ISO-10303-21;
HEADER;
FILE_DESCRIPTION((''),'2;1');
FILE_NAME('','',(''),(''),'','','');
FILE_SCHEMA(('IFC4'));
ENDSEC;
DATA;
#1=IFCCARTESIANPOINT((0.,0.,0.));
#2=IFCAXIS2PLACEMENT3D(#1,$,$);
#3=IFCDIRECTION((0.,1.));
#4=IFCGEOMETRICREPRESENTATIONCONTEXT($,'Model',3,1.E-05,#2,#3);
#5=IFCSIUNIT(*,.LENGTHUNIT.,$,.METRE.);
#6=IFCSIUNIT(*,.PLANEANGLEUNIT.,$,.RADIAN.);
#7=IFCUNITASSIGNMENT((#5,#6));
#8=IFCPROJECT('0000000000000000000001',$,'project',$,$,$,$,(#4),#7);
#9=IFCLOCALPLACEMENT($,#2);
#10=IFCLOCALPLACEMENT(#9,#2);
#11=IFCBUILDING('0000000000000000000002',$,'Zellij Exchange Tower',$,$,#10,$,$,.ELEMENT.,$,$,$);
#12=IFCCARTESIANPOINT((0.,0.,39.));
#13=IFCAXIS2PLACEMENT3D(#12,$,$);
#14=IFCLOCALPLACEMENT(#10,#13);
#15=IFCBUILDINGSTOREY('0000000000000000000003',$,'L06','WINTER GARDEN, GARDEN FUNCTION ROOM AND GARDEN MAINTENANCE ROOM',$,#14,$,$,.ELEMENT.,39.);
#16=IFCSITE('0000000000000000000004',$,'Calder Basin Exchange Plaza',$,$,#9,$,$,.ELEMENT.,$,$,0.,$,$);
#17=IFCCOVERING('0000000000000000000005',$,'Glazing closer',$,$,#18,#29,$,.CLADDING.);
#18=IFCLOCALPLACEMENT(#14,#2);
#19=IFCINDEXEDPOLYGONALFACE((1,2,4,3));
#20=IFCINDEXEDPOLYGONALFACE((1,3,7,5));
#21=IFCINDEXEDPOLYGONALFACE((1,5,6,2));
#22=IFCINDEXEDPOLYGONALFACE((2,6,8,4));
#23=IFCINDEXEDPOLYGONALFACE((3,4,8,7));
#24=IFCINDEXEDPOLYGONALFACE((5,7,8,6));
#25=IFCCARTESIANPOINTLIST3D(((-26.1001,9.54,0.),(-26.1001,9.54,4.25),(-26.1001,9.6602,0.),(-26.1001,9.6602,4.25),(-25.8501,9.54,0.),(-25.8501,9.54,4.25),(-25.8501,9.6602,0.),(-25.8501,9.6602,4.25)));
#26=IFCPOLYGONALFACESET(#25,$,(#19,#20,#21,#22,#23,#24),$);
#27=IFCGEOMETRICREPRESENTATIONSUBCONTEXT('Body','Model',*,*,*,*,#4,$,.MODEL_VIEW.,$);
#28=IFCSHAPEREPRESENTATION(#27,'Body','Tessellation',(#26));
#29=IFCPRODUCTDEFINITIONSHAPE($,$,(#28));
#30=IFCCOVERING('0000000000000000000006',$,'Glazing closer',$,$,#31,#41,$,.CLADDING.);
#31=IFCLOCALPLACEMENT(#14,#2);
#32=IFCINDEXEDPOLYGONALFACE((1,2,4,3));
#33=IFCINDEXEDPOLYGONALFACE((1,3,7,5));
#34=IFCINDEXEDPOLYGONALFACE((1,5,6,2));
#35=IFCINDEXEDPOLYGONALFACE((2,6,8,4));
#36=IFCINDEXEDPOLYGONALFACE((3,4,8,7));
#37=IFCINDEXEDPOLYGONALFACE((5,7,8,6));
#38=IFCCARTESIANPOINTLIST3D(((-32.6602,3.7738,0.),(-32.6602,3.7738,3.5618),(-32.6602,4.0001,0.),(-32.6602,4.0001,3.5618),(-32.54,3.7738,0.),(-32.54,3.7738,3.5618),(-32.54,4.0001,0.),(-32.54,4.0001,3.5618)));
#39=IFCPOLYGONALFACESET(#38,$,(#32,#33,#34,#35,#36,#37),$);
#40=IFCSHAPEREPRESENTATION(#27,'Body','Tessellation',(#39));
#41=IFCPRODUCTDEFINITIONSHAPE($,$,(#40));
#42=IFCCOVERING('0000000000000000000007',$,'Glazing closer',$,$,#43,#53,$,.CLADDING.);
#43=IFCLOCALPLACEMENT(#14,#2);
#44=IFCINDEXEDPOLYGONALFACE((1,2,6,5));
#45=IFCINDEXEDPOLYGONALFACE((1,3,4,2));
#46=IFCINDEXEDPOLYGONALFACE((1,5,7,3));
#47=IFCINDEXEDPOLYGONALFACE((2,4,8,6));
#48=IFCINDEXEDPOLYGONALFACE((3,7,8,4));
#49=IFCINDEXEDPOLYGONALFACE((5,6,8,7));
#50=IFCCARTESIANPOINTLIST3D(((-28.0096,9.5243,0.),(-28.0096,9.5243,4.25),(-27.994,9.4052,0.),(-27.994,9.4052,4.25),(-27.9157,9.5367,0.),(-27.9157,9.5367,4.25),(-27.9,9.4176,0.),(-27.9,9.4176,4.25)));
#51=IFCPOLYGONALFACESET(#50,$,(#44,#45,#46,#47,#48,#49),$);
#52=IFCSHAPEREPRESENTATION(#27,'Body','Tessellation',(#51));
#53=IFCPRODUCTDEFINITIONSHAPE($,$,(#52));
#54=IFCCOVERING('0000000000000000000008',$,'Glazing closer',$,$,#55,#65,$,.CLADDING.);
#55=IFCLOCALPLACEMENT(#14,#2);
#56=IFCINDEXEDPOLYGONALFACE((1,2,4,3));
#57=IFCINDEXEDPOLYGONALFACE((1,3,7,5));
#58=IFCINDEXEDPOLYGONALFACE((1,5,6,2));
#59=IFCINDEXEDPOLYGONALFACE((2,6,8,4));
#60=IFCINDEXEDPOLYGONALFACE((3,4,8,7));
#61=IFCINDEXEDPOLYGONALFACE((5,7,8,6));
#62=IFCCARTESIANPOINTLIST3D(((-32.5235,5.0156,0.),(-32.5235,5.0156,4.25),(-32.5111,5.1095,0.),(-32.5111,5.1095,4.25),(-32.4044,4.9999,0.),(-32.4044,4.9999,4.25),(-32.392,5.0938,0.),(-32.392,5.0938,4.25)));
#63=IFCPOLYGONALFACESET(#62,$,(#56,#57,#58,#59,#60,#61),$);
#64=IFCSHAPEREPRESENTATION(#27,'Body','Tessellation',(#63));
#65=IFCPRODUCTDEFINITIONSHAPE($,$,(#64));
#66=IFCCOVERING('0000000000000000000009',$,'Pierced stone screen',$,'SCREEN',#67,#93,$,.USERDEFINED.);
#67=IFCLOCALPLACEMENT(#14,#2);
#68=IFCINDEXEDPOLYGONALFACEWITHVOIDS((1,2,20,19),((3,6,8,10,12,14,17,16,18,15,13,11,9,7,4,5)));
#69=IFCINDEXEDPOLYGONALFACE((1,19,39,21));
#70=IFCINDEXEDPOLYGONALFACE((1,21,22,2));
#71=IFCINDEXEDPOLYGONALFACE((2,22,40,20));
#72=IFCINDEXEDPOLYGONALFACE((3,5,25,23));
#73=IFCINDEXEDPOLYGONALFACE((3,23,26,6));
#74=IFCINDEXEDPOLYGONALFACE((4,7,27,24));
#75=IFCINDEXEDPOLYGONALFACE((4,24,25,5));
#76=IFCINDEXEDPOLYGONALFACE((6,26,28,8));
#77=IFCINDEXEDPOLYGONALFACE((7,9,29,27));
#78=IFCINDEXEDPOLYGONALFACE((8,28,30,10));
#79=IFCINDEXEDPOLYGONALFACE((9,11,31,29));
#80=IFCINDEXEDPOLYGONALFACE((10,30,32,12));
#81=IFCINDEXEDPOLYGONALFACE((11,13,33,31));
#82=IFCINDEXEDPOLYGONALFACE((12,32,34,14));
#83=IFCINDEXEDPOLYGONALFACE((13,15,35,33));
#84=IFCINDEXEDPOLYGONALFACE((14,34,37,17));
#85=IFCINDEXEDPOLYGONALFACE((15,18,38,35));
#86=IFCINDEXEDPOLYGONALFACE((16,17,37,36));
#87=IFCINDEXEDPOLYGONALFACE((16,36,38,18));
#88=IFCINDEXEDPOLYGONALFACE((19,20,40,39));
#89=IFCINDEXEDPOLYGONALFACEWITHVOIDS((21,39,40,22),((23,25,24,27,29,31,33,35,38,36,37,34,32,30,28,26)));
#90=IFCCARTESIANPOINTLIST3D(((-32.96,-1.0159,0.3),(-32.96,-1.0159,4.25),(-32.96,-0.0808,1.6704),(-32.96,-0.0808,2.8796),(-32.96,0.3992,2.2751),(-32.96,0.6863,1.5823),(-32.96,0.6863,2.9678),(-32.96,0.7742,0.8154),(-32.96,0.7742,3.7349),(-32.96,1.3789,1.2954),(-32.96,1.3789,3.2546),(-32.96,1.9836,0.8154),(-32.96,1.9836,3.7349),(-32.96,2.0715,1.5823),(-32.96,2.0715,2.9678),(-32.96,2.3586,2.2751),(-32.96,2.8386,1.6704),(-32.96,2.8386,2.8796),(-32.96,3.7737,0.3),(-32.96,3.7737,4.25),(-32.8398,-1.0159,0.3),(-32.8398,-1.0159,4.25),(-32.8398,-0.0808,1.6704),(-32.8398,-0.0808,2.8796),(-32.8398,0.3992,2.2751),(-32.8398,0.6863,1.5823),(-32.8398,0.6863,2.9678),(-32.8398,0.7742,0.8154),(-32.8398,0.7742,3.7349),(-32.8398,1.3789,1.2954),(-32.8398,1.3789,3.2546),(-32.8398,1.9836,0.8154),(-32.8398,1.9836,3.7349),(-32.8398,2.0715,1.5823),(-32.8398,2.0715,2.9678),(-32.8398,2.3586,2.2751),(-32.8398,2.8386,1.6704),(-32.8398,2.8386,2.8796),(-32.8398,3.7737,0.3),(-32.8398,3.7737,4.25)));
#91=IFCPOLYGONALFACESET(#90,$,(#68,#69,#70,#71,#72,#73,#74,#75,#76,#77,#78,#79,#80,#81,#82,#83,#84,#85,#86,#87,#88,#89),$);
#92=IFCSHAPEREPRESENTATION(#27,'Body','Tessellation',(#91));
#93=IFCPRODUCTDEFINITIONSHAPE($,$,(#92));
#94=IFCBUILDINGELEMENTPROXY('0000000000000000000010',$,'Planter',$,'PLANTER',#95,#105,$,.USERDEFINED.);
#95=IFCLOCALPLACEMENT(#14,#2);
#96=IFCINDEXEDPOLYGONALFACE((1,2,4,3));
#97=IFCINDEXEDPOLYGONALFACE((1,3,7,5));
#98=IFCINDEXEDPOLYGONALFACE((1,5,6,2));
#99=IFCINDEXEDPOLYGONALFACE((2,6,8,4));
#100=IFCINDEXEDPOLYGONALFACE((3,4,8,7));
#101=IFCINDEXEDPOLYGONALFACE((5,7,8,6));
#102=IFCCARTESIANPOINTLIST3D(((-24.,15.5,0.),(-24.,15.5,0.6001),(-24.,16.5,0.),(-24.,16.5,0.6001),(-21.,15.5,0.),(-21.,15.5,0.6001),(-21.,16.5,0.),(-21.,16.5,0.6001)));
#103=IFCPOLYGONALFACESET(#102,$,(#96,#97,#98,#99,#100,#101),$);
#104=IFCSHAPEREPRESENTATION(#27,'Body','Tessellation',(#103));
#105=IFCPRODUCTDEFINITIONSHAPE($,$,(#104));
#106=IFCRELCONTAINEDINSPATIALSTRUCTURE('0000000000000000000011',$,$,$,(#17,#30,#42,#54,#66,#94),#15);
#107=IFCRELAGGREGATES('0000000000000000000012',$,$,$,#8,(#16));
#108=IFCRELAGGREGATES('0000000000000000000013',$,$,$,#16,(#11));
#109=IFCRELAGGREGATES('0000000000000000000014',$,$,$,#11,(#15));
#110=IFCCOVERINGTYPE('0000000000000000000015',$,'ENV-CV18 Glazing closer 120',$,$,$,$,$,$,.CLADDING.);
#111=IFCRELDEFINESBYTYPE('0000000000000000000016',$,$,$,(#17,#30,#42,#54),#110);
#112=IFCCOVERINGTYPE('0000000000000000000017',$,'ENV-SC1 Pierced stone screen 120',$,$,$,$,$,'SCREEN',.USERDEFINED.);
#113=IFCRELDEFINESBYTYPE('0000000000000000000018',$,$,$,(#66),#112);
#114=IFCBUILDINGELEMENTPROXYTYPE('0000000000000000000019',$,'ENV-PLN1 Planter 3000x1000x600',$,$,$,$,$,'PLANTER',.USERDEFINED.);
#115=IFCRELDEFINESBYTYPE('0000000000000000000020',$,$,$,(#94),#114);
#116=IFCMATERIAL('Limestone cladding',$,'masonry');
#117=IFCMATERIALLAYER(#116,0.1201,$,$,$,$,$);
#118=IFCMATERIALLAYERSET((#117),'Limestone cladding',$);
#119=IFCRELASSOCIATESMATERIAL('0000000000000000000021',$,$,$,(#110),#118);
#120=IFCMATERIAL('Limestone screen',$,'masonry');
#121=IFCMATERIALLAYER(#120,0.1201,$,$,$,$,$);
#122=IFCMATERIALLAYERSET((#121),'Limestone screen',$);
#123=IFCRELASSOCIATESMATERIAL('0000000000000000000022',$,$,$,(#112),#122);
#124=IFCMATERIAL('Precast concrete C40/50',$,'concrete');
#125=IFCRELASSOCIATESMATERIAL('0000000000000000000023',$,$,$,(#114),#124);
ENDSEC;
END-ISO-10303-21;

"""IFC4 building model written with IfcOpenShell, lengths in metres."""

from ifc_helpers import new_model, si_unit, direction, frame, origin, origin_2d, place, context, subcontext, project, spatial, polyline, rectangle, outline, extrude, material, layer, layer_set, type_object, element, save


model = new_model("IFC4")

# Units and contexts
model_context = context("Model", 3, precision=1e-05, world=origin(), true_north=direction((0.0, 1.0)))
body_context = subcontext(model_context, "Body", "Model", "MODEL_VIEW")
ifc_project = project(units=[si_unit("LENGTHUNIT", "METRE"), si_unit("PLANEANGLEUNIT", "RADIAN")], contexts=[model_context])

# Site, building, storey
site_placement = place(None, origin())
site = spatial("IfcSite", under=ifc_project, at=site_placement, Name="Calder Basin Exchange Plaza", CompositionType="ELEMENT", RefElevation=0.0)
building_placement = place(site_placement, origin())
building = spatial("IfcBuilding", under=site, at=building_placement, Name="Zellij Exchange Tower", CompositionType="ELEMENT")
storey_placement = place(building_placement, frame((0.0, 0.0, 39.0)))
storey = spatial("IfcBuildingStorey", under=building, at=storey_placement, Name="L06", Description="WINTER GARDEN, GARDEN FUNCTION ROOM AND GARDEN MAINTENANCE ROOM", CompositionType="ELEMENT", Elevation=39.0)

# Shared definitions
ifc_material_1 = material(Name="Precast concrete C40/50", Category="concrete")

# Coverings
ifc_material_2 = material(Name="Limestone cladding", Category="masonry")
ifc_layer_1 = layer(ifc_material_2, 0.1201)
ifc_layer_set_1 = layer_set([ifc_layer_1], Name="Limestone cladding")
covering_type_1 = type_object("IfcCoveringType", Name="ENV-CV18 Glazing closer 120", PredefinedType="CLADDING", material=ifc_layer_set_1)
covering_1_placement = place(storey_placement, frame((-25.9751, 9.6001, 0.0), z_axis=(0.0, 0.0, 1.0), x_axis=(-1.0, 0.0, 0.0)))
element("IfcCovering", 1, at=covering_1_placement, inside=storey, type_object=covering_type_1, Name="Glazing closer", PredefinedType="CLADDING", context=body_context, shape_type="SweptSolid", body=[
    extrude(rectangle(XDim=0.25, YDim=0.1201, at=origin_2d()), origin(), (0.0, 0.0, 1.0), 4.25),
])
covering_2_placement = place(storey_placement, frame((-32.6001, 3.887, 0.0), z_axis=(0.0, 0.0, 1.0), x_axis=(0.0, 1.0, 0.0)))
element("IfcCovering", 2, at=covering_2_placement, inside=storey, type_object=covering_type_1, Name="Glazing closer", PredefinedType="CLADDING", context=body_context, shape_type="SweptSolid", body=[
    extrude(rectangle(XDim=0.2263, YDim=0.1201, at=origin_2d()), origin(), (0.0, 0.0, 1.0), 3.5618),
])
for number, where, z_axis, x_axis, name in (
    (3, (-27.9548, 9.4709, 0.0), (0.0, 0.0, 1.0), (0.991449, 0.130499, 0.0), "Glazing closer"),
    (4, (-32.4578, 5.0547, 0.0), (0.0, 0.0, 1.0), (-0.130499, -0.991449, 0.0), "Glazing closer"),
):
    element("IfcCovering", number, at=place(storey_placement, frame(where, z_axis=z_axis, x_axis=x_axis)), inside=storey, type_object=covering_type_1, Name=name, PredefinedType="CLADDING", context=body_context, shape_type="SweptSolid", body=[
        extrude(rectangle(XDim=0.0947, YDim=0.1201, at=origin_2d()), origin(), (0.0, 0.0, 1.0), 4.25),
    ])
ifc_material_3 = material(Name="Limestone screen", Category="masonry")
ifc_layer_2 = layer(ifc_material_3, 0.1201)
ifc_layer_set_2 = layer_set([ifc_layer_2], Name="Limestone screen")
covering_type_2 = type_object("IfcCoveringType", Name="ENV-SC1 Pierced stone screen 120", ElementType="SCREEN", PredefinedType="USERDEFINED", material=ifc_layer_set_2)
covering_3_placement = place(storey_placement, frame((-32.8999, 3.7737, 0.3), z_axis=(0.0, 0.0, 1.0), x_axis=(0.0, -1.0, 0.0)))
element("IfcCovering", 5, at=covering_3_placement, inside=storey, type_object=covering_type_2, Name="Pierced stone screen", ObjectType="SCREEN", PredefinedType="USERDEFINED", context=body_context, shape_type="SweptSolid", body=[
    extrude(outline(polyline([(0.0, 0.0), (4.7896, 0.0), (4.7896, 3.95), (0.0, 3.95), (0.0, 0.0)]), holes=[polyline([(3.8545, 2.5796), (3.0874, 2.6677), (2.9995, 3.4348), (2.3948, 2.9546), (1.79, 3.4348), (1.7021, 2.6677), (0.9351, 2.5796), (1.415, 1.9751), (0.9351, 1.3704), (1.7021, 1.2822), (1.79, 0.5154), (2.3948, 0.9954), (2.9995, 0.5154), (3.0874, 1.2822), (3.8545, 1.3704), (3.3745, 1.9751), (3.8545, 2.5796)])]), frame((0.0, 0.0601, 0.0), z_axis=(0.0, -1.0, 0.0), x_axis=(1.0, 0.0, 0.0)), (0.0, 0.0, 1.0), 0.1201),
])

# Building element proxy
building_element_proxy_type = type_object("IfcBuildingElementProxyType", Name="ENV-PLN1 Planter 3000x1000x600", ElementType="PLANTER", PredefinedType="USERDEFINED", material=ifc_material_1)
proxy_placement = place(storey_placement, frame((-22.5, 16.0, 0.0), z_axis=(0.0, 0.0, 1.0), x_axis=(1.0, 0.0, 0.0)))
element("IfcBuildingElementProxy", 6, at=proxy_placement, inside=storey, type_object=building_element_proxy_type, Name="Planter", ObjectType="PLANTER", PredefinedType="USERDEFINED", context=body_context, shape_type="SweptSolid", body=[
    extrude(rectangle(XDim=3.0, YDim=1.0, at=origin_2d()), origin(), (0.0, 0.0, 1.0), 0.6001),
])

save(model, "model.ifc")
